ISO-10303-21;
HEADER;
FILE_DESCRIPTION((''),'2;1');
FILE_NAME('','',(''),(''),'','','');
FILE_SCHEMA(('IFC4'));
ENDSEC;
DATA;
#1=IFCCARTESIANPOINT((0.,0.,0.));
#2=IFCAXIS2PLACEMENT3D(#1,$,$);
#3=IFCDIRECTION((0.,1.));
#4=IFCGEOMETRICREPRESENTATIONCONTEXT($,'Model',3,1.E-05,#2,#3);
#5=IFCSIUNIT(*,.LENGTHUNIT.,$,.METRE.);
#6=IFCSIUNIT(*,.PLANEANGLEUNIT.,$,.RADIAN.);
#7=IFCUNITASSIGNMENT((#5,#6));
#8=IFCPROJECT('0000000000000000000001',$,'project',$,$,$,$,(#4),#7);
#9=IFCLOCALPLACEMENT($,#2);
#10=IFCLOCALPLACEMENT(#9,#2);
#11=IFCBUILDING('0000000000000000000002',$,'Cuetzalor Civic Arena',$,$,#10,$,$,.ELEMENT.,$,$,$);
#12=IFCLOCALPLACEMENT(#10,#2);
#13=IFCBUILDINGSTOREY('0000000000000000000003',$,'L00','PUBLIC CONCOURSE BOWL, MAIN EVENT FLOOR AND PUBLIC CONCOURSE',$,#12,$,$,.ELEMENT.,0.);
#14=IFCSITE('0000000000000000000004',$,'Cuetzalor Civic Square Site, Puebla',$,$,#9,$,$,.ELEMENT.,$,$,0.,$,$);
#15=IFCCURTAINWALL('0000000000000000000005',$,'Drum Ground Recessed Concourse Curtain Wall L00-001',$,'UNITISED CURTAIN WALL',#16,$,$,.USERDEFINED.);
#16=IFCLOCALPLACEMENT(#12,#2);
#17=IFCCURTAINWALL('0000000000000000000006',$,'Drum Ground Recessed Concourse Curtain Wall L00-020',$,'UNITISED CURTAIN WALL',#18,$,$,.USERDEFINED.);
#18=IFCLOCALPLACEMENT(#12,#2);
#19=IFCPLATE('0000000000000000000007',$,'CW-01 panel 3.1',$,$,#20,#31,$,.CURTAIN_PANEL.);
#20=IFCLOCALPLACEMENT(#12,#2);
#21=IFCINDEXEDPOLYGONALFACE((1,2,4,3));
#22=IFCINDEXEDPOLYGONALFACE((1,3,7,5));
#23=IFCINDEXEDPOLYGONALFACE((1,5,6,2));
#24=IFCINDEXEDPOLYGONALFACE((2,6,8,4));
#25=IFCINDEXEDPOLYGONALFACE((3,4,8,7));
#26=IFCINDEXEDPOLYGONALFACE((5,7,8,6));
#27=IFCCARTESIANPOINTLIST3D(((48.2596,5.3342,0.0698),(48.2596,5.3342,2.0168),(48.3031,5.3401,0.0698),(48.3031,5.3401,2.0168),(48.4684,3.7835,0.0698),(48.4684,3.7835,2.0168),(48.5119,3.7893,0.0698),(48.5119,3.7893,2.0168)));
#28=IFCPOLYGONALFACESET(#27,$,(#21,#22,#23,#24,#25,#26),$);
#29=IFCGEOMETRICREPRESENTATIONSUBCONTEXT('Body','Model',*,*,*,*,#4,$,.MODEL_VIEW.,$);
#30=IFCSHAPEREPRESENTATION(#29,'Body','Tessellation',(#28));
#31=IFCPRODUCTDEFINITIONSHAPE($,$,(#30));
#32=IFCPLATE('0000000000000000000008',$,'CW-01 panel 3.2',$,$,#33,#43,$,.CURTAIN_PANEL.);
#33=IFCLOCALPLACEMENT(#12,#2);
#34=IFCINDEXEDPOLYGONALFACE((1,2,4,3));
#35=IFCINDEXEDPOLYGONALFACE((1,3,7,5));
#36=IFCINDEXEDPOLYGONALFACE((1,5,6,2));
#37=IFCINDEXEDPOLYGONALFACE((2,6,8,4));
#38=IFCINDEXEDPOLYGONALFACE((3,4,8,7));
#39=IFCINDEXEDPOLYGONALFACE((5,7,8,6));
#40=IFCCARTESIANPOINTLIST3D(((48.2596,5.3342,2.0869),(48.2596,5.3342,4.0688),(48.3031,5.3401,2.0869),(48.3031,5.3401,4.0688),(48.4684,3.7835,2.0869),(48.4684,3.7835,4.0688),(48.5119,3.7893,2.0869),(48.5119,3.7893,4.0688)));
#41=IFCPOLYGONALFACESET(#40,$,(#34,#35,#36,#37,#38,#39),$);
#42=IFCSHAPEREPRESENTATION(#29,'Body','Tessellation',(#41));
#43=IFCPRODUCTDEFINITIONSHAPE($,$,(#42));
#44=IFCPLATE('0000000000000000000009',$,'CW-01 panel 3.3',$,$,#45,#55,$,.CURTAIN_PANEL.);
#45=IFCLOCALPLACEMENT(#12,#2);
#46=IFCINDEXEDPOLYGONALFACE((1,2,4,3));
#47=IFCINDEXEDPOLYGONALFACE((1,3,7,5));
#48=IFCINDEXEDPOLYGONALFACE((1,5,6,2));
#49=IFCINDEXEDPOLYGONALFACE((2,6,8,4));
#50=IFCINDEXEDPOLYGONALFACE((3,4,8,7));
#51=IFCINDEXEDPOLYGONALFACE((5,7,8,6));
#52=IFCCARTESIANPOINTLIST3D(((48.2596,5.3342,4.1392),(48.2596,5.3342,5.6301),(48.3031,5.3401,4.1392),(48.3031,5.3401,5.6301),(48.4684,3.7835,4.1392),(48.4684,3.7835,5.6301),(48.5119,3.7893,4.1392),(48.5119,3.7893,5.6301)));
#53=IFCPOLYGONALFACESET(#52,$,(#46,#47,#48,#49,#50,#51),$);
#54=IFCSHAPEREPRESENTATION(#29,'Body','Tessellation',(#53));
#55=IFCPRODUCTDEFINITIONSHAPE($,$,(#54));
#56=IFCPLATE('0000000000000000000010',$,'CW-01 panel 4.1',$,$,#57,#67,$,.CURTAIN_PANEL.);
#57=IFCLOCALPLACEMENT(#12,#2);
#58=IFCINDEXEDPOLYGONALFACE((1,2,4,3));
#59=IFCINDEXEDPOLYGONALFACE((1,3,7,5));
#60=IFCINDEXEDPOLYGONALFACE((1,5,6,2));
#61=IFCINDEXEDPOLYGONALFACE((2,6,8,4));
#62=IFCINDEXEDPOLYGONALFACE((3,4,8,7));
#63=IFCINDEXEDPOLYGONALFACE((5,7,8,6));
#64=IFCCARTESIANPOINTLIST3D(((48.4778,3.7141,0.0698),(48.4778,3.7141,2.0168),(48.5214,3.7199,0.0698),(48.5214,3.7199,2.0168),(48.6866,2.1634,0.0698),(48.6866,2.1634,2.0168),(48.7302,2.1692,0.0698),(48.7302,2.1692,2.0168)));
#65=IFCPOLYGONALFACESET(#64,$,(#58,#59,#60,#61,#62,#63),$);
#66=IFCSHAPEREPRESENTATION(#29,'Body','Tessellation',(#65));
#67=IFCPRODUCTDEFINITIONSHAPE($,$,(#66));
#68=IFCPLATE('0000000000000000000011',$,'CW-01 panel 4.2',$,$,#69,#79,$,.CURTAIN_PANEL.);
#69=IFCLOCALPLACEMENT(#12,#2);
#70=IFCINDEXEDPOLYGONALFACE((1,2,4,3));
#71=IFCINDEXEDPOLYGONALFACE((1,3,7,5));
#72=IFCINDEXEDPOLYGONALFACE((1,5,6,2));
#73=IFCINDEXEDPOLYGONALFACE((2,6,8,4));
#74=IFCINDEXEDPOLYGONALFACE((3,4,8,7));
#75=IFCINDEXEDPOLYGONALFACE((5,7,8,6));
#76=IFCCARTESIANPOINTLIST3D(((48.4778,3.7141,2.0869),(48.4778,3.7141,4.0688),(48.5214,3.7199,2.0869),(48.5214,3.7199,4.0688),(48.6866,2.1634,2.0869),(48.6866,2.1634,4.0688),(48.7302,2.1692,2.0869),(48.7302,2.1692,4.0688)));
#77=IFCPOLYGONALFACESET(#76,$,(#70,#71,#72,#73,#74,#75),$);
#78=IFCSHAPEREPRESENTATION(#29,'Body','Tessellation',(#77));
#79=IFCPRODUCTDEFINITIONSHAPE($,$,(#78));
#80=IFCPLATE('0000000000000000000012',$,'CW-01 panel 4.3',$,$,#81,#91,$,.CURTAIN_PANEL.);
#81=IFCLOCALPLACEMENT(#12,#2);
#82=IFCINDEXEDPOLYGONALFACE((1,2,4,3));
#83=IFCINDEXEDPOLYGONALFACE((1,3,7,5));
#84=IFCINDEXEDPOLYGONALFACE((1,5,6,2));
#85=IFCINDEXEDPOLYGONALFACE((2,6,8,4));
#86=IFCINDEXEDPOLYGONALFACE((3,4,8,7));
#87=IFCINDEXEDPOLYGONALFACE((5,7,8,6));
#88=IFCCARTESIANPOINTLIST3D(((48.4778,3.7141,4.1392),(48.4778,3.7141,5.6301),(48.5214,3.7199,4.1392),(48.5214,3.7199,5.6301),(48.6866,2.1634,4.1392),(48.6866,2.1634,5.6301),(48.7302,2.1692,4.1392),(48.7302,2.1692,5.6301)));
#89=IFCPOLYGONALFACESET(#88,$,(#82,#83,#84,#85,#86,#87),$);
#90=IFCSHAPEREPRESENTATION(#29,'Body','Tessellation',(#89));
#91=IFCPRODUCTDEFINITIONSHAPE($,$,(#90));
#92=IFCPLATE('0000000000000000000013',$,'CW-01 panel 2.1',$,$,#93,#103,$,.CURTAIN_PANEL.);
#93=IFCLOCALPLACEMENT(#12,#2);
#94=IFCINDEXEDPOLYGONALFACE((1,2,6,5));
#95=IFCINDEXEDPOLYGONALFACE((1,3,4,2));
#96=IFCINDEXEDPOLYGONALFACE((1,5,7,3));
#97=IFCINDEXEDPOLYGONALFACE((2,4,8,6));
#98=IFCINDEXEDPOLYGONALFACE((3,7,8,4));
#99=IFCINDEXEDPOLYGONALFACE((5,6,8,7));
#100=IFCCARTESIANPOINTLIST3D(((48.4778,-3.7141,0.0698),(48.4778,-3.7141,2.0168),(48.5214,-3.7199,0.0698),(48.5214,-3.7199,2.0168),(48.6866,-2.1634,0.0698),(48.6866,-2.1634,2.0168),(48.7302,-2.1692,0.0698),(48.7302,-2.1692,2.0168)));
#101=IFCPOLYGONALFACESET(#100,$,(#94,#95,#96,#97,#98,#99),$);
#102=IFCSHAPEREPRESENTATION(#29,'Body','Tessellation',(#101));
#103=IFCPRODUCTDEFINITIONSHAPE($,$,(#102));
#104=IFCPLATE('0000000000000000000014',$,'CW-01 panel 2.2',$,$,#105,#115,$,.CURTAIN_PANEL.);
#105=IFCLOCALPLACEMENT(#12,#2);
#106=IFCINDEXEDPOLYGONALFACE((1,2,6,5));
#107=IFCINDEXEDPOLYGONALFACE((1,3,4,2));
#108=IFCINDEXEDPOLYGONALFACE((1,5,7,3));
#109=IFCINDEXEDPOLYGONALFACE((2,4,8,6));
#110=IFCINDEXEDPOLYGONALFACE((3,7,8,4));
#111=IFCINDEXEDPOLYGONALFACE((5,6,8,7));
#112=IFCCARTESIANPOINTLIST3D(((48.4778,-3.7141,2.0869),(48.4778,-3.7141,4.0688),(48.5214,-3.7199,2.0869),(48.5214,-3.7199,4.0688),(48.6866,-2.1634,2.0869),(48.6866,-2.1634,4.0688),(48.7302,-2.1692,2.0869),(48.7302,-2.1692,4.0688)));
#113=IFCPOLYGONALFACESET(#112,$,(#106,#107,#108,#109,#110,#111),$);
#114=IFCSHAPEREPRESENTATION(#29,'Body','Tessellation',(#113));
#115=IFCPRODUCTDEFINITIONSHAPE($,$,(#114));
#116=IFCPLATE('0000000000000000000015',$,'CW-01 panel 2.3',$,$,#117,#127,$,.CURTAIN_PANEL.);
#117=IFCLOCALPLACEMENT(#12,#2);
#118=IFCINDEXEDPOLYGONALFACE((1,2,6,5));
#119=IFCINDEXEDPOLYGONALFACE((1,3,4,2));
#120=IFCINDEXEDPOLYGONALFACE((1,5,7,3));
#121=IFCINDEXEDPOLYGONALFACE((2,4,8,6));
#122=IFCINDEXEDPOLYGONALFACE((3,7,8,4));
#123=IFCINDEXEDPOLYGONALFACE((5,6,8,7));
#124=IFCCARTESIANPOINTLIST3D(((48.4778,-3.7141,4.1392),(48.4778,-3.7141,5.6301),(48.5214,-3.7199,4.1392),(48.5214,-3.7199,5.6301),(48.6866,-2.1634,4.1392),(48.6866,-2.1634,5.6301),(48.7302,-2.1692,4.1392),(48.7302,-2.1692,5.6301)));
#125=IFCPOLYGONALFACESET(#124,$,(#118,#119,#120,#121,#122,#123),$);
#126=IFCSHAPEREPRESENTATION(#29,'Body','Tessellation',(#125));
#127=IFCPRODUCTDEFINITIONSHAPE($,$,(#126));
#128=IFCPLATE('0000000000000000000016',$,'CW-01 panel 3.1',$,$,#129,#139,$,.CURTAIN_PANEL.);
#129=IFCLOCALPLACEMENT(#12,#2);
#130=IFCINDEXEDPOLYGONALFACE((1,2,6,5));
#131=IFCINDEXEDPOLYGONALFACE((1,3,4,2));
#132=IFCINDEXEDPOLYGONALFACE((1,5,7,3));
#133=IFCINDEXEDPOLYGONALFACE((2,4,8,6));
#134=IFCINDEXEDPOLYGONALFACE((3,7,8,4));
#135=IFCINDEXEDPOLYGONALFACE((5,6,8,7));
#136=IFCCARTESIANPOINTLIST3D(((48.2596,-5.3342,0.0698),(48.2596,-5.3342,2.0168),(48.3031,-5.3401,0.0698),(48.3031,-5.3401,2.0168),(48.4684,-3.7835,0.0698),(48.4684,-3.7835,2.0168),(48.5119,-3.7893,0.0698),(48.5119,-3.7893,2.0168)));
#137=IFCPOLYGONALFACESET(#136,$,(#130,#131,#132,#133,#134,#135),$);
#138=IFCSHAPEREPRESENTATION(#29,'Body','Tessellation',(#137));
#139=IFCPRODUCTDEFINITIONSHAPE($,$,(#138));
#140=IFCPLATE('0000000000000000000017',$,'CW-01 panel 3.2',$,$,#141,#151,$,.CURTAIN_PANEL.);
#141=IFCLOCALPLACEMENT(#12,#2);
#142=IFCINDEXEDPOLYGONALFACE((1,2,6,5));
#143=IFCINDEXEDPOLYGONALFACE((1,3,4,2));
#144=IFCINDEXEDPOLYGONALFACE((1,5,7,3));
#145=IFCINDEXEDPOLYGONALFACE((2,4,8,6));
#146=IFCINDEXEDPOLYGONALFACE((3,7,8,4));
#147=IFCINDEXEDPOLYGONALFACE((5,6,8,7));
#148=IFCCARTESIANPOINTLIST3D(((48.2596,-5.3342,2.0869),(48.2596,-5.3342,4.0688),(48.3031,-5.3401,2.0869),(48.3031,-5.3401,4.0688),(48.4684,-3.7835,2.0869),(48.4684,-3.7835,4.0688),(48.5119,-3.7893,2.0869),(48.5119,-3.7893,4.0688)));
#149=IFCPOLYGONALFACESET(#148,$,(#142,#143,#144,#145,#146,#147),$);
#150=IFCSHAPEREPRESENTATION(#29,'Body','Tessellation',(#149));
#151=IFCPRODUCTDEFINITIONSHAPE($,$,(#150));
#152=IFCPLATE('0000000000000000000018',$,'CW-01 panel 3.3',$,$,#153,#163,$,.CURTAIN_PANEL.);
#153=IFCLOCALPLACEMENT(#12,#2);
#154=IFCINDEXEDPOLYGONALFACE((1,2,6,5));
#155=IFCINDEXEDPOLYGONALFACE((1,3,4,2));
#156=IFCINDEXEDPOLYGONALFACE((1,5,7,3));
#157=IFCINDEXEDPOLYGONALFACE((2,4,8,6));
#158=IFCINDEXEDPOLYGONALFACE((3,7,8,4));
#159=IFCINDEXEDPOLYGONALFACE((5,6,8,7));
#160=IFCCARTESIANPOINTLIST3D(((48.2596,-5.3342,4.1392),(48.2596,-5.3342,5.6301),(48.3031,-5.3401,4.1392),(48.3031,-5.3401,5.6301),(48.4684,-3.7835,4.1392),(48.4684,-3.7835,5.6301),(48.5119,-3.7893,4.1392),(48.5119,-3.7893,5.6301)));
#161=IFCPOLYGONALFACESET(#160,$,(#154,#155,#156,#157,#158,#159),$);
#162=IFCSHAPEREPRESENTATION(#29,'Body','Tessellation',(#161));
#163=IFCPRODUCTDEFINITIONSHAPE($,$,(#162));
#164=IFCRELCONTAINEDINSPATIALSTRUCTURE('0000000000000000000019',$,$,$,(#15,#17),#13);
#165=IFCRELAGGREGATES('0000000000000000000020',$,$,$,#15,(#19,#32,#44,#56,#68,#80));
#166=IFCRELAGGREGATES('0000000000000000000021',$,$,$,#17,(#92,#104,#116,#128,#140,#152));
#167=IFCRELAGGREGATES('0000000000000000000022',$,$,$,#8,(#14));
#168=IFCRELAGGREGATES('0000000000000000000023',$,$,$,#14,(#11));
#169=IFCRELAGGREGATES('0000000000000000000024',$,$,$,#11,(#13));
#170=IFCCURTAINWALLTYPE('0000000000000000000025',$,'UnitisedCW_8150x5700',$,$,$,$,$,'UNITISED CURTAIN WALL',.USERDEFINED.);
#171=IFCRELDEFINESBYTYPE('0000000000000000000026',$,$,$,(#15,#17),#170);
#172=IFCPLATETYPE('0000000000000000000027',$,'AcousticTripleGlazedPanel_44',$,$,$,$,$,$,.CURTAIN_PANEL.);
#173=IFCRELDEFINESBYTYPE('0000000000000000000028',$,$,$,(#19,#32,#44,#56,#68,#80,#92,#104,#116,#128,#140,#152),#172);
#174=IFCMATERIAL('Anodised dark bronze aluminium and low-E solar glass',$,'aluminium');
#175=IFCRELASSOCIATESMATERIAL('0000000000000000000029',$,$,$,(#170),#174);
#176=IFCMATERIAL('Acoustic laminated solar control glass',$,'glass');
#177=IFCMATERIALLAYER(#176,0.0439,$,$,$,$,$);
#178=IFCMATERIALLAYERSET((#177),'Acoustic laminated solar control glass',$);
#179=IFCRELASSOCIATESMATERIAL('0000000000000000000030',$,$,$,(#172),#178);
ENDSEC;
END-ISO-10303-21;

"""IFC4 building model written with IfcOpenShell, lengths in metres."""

from ifc_helpers import new_model, si_unit, direction, frame, origin, origin_2d, place, context, subcontext, project, spatial, rectangle, extrude, material, layer, layer_set, type_object, element, aggregate, save


model = new_model("IFC4")

# Units and contexts
model_context = context("Model", 3, precision=1e-05, world=origin(), true_north=direction((0.0, 1.0)))
body_context = subcontext(model_context, "Body", "Model", "MODEL_VIEW")
ifc_project = project(units=[si_unit("LENGTHUNIT", "METRE"), si_unit("PLANEANGLEUNIT", "RADIAN")], contexts=[model_context])

# Site, building, storey
site_placement = place(None, origin())
site = spatial("IfcSite", under=ifc_project, at=site_placement, Name="Cuetzalor Civic Square Site, Puebla", CompositionType="ELEMENT", RefElevation=0.0)
building_placement = place(site_placement, origin())
building = spatial("IfcBuilding", under=site, at=building_placement, Name="Cuetzalor Civic Arena", CompositionType="ELEMENT")
storey_placement = place(building_placement, origin())
storey = spatial("IfcBuildingStorey", under=building, at=storey_placement, Name="L00", Description="PUBLIC CONCOURSE BOWL, MAIN EVENT FLOOR AND PUBLIC CONCOURSE", CompositionType="ELEMENT", Elevation=0.0)

# Curtain walls
ifc_material_1 = material(Name="Anodised dark bronze aluminium and low-E solar glass", Category="aluminium")
curtain_wall_type = type_object("IfcCurtainWallType", Name="UnitisedCW_8150x5700", ElementType="UNITISED CURTAIN WALL", PredefinedType="USERDEFINED", material=ifc_material_1)
curtain_wall_1_placement = place(storey_placement, origin())
curtain_wall_1 = element("IfcCurtainWall", 1, at=curtain_wall_1_placement, inside=storey, type_object=curtain_wall_type, Name="Drum Ground Recessed Concourse Curtain Wall L00-001", ObjectType="UNITISED CURTAIN WALL", PredefinedType="USERDEFINED")
curtain_wall_2_placement = place(storey_placement, origin())
curtain_wall_2 = element("IfcCurtainWall", 2, at=curtain_wall_2_placement, inside=storey, type_object=curtain_wall_type, Name="Drum Ground Recessed Concourse Curtain Wall L00-020", ObjectType="UNITISED CURTAIN WALL", PredefinedType="USERDEFINED")

# Plates
ifc_material_2 = material(Name="Acoustic laminated solar control glass", Category="glass")
ifc_layer = layer(ifc_material_2, 0.0439)
ifc_layer_set = layer_set([ifc_layer], Name="Acoustic laminated solar control glass")
plate_type = type_object("IfcPlateType", Name="AcousticTripleGlazedPanel_44", PredefinedType="CURTAIN_PANEL", material=ifc_layer_set)
plate_1_placement = place(storey_placement, frame((48.3857, 4.5618, 0.0698), z_axis=(0.0, 0.0, 1.0), x_axis=(0.133443, -0.991056, 0.0)))
plate_1 = element("IfcPlate", 3, at=plate_1_placement, type_object=plate_type, Name="CW-01 panel 3.1", PredefinedType="CURTAIN_PANEL", context=body_context, shape_type="SweptSolid", body=[
    extrude(rectangle(XDim=1.5647, YDim=0.0439, at=origin_2d()), origin(), (0.0, 0.0, 1.0), 1.947),
])
plate_2_placement = place(storey_placement, frame((48.3857, 4.5618, 2.0869), z_axis=(0.0, 0.0, 1.0), x_axis=(0.133443, -0.991056, 0.0)))
plate_2 = element("IfcPlate", 4, at=plate_2_placement, type_object=plate_type, Name="CW-01 panel 3.2", PredefinedType="CURTAIN_PANEL", context=body_context, shape_type="SweptSolid", body=[
    extrude(rectangle(XDim=1.5647, YDim=0.0439, at=origin_2d()), origin(), (0.0, 0.0, 1.0), 1.9819),
])
plate_3_placement = place(storey_placement, frame((48.3857, 4.5618, 4.1392), z_axis=(0.0, 0.0, 1.0), x_axis=(0.133443, -0.991056, 0.0)))
plate_3 = element("IfcPlate", 5, at=plate_3_placement, type_object=plate_type, Name="CW-01 panel 3.3", PredefinedType="CURTAIN_PANEL", context=body_context, shape_type="SweptSolid", body=[
    extrude(rectangle(XDim=1.5647, YDim=0.0439, at=origin_2d()), origin(), (0.0, 0.0, 1.0), 1.491),
])
plate_4_placement = place(storey_placement, frame((48.604, 2.9417, 0.0698), z_axis=(0.0, 0.0, 1.0), x_axis=(0.133443, -0.991056, 0.0)))
plate_4 = element("IfcPlate", 6, at=plate_4_placement, type_object=plate_type, Name="CW-01 panel 4.1", PredefinedType="CURTAIN_PANEL", context=body_context, shape_type="SweptSolid", body=[
    extrude(rectangle(XDim=1.5647, YDim=0.0439, at=origin_2d()), origin(), (0.0, 0.0, 1.0), 1.947),
])
plate_5_placement = place(storey_placement, frame((48.604, 2.9417, 2.0869), z_axis=(0.0, 0.0, 1.0), x_axis=(0.133443, -0.991056, 0.0)))
plate_5 = element("IfcPlate", 7, at=plate_5_placement, type_object=plate_type, Name="CW-01 panel 4.2", PredefinedType="CURTAIN_PANEL", context=body_context, shape_type="SweptSolid", body=[
    extrude(rectangle(XDim=1.5647, YDim=0.0439, at=origin_2d()), origin(), (0.0, 0.0, 1.0), 1.9819),
])
plate_6_placement = place(storey_placement, frame((48.604, 2.9417, 4.1392), z_axis=(0.0, 0.0, 1.0), x_axis=(0.133443, -0.991056, 0.0)))
plate_6 = element("IfcPlate", 8, at=plate_6_placement, type_object=plate_type, Name="CW-01 panel 4.3", PredefinedType="CURTAIN_PANEL", context=body_context, shape_type="SweptSolid", body=[
    extrude(rectangle(XDim=1.5647, YDim=0.0439, at=origin_2d()), origin(), (0.0, 0.0, 1.0), 1.491),
])
aggregate(curtain_wall_1, [plate_1, plate_2, plate_3, plate_4, plate_5, plate_6])
plate_7_placement = place(storey_placement, frame((48.604, -2.9417, 0.0698), z_axis=(0.0, 0.0, 1.0), x_axis=(-0.133443, -0.991056, 0.0)))
plate_7 = element("IfcPlate", 9, at=plate_7_placement, type_object=plate_type, Name="CW-01 panel 2.1", PredefinedType="CURTAIN_PANEL", context=body_context, shape_type="SweptSolid", body=[
    extrude(rectangle(XDim=1.5647, YDim=0.0439, at=origin_2d()), origin(), (0.0, 0.0, 1.0), 1.947),
])
plate_8_placement = place(storey_placement, frame((48.604, -2.9417, 2.0869), z_axis=(0.0, 0.0, 1.0), x_axis=(-0.133443, -0.991056, 0.0)))
plate_8 = element("IfcPlate", 10, at=plate_8_placement, type_object=plate_type, Name="CW-01 panel 2.2", PredefinedType="CURTAIN_PANEL", context=body_context, shape_type="SweptSolid", body=[
    extrude(rectangle(XDim=1.5647, YDim=0.0439, at=origin_2d()), origin(), (0.0, 0.0, 1.0), 1.9819),
])
plate_9_placement = place(storey_placement, frame((48.604, -2.9417, 4.1392), z_axis=(0.0, 0.0, 1.0), x_axis=(-0.133443, -0.991056, 0.0)))
plate_9 = element("IfcPlate", 11, at=plate_9_placement, type_object=plate_type, Name="CW-01 panel 2.3", PredefinedType="CURTAIN_PANEL", context=body_context, shape_type="SweptSolid", body=[
    extrude(rectangle(XDim=1.5647, YDim=0.0439, at=origin_2d()), origin(), (0.0, 0.0, 1.0), 1.491),
])
plate_10_placement = place(storey_placement, frame((48.3857, -4.5618, 0.0698), z_axis=(0.0, 0.0, 1.0), x_axis=(-0.133443, -0.991056, 0.0)))
plate_10 = element("IfcPlate", 12, at=plate_10_placement, type_object=plate_type, Name="CW-01 panel 3.1", PredefinedType="CURTAIN_PANEL", context=body_context, shape_type="SweptSolid", body=[
    extrude(rectangle(XDim=1.5647, YDim=0.0439, at=origin_2d()), origin(), (0.0, 0.0, 1.0), 1.947),
])
plate_11_placement = place(storey_placement, frame((48.3857, -4.5618, 2.0869), z_axis=(0.0, 0.0, 1.0), x_axis=(-0.133443, -0.991056, 0.0)))
plate_11 = element("IfcPlate", 13, at=plate_11_placement, type_object=plate_type, Name="CW-01 panel 3.2", PredefinedType="CURTAIN_PANEL", context=body_context, shape_type="SweptSolid", body=[
    extrude(rectangle(XDim=1.5647, YDim=0.0439, at=origin_2d()), origin(), (0.0, 0.0, 1.0), 1.9819),
])
plate_12_placement = place(storey_placement, frame((48.3857, -4.5618, 4.1392), z_axis=(0.0, 0.0, 1.0), x_axis=(-0.133443, -0.991056, 0.0)))
plate_12 = element("IfcPlate", 14, at=plate_12_placement, type_object=plate_type, Name="CW-01 panel 3.3", PredefinedType="CURTAIN_PANEL", context=body_context, shape_type="SweptSolid", body=[
    extrude(rectangle(XDim=1.5647, YDim=0.0439, at=origin_2d()), origin(), (0.0, 0.0, 1.0), 1.491),
])
aggregate(curtain_wall_2, [plate_7, plate_8, plate_9, plate_10, plate_11, plate_12])

save(model, "model.ifc")
